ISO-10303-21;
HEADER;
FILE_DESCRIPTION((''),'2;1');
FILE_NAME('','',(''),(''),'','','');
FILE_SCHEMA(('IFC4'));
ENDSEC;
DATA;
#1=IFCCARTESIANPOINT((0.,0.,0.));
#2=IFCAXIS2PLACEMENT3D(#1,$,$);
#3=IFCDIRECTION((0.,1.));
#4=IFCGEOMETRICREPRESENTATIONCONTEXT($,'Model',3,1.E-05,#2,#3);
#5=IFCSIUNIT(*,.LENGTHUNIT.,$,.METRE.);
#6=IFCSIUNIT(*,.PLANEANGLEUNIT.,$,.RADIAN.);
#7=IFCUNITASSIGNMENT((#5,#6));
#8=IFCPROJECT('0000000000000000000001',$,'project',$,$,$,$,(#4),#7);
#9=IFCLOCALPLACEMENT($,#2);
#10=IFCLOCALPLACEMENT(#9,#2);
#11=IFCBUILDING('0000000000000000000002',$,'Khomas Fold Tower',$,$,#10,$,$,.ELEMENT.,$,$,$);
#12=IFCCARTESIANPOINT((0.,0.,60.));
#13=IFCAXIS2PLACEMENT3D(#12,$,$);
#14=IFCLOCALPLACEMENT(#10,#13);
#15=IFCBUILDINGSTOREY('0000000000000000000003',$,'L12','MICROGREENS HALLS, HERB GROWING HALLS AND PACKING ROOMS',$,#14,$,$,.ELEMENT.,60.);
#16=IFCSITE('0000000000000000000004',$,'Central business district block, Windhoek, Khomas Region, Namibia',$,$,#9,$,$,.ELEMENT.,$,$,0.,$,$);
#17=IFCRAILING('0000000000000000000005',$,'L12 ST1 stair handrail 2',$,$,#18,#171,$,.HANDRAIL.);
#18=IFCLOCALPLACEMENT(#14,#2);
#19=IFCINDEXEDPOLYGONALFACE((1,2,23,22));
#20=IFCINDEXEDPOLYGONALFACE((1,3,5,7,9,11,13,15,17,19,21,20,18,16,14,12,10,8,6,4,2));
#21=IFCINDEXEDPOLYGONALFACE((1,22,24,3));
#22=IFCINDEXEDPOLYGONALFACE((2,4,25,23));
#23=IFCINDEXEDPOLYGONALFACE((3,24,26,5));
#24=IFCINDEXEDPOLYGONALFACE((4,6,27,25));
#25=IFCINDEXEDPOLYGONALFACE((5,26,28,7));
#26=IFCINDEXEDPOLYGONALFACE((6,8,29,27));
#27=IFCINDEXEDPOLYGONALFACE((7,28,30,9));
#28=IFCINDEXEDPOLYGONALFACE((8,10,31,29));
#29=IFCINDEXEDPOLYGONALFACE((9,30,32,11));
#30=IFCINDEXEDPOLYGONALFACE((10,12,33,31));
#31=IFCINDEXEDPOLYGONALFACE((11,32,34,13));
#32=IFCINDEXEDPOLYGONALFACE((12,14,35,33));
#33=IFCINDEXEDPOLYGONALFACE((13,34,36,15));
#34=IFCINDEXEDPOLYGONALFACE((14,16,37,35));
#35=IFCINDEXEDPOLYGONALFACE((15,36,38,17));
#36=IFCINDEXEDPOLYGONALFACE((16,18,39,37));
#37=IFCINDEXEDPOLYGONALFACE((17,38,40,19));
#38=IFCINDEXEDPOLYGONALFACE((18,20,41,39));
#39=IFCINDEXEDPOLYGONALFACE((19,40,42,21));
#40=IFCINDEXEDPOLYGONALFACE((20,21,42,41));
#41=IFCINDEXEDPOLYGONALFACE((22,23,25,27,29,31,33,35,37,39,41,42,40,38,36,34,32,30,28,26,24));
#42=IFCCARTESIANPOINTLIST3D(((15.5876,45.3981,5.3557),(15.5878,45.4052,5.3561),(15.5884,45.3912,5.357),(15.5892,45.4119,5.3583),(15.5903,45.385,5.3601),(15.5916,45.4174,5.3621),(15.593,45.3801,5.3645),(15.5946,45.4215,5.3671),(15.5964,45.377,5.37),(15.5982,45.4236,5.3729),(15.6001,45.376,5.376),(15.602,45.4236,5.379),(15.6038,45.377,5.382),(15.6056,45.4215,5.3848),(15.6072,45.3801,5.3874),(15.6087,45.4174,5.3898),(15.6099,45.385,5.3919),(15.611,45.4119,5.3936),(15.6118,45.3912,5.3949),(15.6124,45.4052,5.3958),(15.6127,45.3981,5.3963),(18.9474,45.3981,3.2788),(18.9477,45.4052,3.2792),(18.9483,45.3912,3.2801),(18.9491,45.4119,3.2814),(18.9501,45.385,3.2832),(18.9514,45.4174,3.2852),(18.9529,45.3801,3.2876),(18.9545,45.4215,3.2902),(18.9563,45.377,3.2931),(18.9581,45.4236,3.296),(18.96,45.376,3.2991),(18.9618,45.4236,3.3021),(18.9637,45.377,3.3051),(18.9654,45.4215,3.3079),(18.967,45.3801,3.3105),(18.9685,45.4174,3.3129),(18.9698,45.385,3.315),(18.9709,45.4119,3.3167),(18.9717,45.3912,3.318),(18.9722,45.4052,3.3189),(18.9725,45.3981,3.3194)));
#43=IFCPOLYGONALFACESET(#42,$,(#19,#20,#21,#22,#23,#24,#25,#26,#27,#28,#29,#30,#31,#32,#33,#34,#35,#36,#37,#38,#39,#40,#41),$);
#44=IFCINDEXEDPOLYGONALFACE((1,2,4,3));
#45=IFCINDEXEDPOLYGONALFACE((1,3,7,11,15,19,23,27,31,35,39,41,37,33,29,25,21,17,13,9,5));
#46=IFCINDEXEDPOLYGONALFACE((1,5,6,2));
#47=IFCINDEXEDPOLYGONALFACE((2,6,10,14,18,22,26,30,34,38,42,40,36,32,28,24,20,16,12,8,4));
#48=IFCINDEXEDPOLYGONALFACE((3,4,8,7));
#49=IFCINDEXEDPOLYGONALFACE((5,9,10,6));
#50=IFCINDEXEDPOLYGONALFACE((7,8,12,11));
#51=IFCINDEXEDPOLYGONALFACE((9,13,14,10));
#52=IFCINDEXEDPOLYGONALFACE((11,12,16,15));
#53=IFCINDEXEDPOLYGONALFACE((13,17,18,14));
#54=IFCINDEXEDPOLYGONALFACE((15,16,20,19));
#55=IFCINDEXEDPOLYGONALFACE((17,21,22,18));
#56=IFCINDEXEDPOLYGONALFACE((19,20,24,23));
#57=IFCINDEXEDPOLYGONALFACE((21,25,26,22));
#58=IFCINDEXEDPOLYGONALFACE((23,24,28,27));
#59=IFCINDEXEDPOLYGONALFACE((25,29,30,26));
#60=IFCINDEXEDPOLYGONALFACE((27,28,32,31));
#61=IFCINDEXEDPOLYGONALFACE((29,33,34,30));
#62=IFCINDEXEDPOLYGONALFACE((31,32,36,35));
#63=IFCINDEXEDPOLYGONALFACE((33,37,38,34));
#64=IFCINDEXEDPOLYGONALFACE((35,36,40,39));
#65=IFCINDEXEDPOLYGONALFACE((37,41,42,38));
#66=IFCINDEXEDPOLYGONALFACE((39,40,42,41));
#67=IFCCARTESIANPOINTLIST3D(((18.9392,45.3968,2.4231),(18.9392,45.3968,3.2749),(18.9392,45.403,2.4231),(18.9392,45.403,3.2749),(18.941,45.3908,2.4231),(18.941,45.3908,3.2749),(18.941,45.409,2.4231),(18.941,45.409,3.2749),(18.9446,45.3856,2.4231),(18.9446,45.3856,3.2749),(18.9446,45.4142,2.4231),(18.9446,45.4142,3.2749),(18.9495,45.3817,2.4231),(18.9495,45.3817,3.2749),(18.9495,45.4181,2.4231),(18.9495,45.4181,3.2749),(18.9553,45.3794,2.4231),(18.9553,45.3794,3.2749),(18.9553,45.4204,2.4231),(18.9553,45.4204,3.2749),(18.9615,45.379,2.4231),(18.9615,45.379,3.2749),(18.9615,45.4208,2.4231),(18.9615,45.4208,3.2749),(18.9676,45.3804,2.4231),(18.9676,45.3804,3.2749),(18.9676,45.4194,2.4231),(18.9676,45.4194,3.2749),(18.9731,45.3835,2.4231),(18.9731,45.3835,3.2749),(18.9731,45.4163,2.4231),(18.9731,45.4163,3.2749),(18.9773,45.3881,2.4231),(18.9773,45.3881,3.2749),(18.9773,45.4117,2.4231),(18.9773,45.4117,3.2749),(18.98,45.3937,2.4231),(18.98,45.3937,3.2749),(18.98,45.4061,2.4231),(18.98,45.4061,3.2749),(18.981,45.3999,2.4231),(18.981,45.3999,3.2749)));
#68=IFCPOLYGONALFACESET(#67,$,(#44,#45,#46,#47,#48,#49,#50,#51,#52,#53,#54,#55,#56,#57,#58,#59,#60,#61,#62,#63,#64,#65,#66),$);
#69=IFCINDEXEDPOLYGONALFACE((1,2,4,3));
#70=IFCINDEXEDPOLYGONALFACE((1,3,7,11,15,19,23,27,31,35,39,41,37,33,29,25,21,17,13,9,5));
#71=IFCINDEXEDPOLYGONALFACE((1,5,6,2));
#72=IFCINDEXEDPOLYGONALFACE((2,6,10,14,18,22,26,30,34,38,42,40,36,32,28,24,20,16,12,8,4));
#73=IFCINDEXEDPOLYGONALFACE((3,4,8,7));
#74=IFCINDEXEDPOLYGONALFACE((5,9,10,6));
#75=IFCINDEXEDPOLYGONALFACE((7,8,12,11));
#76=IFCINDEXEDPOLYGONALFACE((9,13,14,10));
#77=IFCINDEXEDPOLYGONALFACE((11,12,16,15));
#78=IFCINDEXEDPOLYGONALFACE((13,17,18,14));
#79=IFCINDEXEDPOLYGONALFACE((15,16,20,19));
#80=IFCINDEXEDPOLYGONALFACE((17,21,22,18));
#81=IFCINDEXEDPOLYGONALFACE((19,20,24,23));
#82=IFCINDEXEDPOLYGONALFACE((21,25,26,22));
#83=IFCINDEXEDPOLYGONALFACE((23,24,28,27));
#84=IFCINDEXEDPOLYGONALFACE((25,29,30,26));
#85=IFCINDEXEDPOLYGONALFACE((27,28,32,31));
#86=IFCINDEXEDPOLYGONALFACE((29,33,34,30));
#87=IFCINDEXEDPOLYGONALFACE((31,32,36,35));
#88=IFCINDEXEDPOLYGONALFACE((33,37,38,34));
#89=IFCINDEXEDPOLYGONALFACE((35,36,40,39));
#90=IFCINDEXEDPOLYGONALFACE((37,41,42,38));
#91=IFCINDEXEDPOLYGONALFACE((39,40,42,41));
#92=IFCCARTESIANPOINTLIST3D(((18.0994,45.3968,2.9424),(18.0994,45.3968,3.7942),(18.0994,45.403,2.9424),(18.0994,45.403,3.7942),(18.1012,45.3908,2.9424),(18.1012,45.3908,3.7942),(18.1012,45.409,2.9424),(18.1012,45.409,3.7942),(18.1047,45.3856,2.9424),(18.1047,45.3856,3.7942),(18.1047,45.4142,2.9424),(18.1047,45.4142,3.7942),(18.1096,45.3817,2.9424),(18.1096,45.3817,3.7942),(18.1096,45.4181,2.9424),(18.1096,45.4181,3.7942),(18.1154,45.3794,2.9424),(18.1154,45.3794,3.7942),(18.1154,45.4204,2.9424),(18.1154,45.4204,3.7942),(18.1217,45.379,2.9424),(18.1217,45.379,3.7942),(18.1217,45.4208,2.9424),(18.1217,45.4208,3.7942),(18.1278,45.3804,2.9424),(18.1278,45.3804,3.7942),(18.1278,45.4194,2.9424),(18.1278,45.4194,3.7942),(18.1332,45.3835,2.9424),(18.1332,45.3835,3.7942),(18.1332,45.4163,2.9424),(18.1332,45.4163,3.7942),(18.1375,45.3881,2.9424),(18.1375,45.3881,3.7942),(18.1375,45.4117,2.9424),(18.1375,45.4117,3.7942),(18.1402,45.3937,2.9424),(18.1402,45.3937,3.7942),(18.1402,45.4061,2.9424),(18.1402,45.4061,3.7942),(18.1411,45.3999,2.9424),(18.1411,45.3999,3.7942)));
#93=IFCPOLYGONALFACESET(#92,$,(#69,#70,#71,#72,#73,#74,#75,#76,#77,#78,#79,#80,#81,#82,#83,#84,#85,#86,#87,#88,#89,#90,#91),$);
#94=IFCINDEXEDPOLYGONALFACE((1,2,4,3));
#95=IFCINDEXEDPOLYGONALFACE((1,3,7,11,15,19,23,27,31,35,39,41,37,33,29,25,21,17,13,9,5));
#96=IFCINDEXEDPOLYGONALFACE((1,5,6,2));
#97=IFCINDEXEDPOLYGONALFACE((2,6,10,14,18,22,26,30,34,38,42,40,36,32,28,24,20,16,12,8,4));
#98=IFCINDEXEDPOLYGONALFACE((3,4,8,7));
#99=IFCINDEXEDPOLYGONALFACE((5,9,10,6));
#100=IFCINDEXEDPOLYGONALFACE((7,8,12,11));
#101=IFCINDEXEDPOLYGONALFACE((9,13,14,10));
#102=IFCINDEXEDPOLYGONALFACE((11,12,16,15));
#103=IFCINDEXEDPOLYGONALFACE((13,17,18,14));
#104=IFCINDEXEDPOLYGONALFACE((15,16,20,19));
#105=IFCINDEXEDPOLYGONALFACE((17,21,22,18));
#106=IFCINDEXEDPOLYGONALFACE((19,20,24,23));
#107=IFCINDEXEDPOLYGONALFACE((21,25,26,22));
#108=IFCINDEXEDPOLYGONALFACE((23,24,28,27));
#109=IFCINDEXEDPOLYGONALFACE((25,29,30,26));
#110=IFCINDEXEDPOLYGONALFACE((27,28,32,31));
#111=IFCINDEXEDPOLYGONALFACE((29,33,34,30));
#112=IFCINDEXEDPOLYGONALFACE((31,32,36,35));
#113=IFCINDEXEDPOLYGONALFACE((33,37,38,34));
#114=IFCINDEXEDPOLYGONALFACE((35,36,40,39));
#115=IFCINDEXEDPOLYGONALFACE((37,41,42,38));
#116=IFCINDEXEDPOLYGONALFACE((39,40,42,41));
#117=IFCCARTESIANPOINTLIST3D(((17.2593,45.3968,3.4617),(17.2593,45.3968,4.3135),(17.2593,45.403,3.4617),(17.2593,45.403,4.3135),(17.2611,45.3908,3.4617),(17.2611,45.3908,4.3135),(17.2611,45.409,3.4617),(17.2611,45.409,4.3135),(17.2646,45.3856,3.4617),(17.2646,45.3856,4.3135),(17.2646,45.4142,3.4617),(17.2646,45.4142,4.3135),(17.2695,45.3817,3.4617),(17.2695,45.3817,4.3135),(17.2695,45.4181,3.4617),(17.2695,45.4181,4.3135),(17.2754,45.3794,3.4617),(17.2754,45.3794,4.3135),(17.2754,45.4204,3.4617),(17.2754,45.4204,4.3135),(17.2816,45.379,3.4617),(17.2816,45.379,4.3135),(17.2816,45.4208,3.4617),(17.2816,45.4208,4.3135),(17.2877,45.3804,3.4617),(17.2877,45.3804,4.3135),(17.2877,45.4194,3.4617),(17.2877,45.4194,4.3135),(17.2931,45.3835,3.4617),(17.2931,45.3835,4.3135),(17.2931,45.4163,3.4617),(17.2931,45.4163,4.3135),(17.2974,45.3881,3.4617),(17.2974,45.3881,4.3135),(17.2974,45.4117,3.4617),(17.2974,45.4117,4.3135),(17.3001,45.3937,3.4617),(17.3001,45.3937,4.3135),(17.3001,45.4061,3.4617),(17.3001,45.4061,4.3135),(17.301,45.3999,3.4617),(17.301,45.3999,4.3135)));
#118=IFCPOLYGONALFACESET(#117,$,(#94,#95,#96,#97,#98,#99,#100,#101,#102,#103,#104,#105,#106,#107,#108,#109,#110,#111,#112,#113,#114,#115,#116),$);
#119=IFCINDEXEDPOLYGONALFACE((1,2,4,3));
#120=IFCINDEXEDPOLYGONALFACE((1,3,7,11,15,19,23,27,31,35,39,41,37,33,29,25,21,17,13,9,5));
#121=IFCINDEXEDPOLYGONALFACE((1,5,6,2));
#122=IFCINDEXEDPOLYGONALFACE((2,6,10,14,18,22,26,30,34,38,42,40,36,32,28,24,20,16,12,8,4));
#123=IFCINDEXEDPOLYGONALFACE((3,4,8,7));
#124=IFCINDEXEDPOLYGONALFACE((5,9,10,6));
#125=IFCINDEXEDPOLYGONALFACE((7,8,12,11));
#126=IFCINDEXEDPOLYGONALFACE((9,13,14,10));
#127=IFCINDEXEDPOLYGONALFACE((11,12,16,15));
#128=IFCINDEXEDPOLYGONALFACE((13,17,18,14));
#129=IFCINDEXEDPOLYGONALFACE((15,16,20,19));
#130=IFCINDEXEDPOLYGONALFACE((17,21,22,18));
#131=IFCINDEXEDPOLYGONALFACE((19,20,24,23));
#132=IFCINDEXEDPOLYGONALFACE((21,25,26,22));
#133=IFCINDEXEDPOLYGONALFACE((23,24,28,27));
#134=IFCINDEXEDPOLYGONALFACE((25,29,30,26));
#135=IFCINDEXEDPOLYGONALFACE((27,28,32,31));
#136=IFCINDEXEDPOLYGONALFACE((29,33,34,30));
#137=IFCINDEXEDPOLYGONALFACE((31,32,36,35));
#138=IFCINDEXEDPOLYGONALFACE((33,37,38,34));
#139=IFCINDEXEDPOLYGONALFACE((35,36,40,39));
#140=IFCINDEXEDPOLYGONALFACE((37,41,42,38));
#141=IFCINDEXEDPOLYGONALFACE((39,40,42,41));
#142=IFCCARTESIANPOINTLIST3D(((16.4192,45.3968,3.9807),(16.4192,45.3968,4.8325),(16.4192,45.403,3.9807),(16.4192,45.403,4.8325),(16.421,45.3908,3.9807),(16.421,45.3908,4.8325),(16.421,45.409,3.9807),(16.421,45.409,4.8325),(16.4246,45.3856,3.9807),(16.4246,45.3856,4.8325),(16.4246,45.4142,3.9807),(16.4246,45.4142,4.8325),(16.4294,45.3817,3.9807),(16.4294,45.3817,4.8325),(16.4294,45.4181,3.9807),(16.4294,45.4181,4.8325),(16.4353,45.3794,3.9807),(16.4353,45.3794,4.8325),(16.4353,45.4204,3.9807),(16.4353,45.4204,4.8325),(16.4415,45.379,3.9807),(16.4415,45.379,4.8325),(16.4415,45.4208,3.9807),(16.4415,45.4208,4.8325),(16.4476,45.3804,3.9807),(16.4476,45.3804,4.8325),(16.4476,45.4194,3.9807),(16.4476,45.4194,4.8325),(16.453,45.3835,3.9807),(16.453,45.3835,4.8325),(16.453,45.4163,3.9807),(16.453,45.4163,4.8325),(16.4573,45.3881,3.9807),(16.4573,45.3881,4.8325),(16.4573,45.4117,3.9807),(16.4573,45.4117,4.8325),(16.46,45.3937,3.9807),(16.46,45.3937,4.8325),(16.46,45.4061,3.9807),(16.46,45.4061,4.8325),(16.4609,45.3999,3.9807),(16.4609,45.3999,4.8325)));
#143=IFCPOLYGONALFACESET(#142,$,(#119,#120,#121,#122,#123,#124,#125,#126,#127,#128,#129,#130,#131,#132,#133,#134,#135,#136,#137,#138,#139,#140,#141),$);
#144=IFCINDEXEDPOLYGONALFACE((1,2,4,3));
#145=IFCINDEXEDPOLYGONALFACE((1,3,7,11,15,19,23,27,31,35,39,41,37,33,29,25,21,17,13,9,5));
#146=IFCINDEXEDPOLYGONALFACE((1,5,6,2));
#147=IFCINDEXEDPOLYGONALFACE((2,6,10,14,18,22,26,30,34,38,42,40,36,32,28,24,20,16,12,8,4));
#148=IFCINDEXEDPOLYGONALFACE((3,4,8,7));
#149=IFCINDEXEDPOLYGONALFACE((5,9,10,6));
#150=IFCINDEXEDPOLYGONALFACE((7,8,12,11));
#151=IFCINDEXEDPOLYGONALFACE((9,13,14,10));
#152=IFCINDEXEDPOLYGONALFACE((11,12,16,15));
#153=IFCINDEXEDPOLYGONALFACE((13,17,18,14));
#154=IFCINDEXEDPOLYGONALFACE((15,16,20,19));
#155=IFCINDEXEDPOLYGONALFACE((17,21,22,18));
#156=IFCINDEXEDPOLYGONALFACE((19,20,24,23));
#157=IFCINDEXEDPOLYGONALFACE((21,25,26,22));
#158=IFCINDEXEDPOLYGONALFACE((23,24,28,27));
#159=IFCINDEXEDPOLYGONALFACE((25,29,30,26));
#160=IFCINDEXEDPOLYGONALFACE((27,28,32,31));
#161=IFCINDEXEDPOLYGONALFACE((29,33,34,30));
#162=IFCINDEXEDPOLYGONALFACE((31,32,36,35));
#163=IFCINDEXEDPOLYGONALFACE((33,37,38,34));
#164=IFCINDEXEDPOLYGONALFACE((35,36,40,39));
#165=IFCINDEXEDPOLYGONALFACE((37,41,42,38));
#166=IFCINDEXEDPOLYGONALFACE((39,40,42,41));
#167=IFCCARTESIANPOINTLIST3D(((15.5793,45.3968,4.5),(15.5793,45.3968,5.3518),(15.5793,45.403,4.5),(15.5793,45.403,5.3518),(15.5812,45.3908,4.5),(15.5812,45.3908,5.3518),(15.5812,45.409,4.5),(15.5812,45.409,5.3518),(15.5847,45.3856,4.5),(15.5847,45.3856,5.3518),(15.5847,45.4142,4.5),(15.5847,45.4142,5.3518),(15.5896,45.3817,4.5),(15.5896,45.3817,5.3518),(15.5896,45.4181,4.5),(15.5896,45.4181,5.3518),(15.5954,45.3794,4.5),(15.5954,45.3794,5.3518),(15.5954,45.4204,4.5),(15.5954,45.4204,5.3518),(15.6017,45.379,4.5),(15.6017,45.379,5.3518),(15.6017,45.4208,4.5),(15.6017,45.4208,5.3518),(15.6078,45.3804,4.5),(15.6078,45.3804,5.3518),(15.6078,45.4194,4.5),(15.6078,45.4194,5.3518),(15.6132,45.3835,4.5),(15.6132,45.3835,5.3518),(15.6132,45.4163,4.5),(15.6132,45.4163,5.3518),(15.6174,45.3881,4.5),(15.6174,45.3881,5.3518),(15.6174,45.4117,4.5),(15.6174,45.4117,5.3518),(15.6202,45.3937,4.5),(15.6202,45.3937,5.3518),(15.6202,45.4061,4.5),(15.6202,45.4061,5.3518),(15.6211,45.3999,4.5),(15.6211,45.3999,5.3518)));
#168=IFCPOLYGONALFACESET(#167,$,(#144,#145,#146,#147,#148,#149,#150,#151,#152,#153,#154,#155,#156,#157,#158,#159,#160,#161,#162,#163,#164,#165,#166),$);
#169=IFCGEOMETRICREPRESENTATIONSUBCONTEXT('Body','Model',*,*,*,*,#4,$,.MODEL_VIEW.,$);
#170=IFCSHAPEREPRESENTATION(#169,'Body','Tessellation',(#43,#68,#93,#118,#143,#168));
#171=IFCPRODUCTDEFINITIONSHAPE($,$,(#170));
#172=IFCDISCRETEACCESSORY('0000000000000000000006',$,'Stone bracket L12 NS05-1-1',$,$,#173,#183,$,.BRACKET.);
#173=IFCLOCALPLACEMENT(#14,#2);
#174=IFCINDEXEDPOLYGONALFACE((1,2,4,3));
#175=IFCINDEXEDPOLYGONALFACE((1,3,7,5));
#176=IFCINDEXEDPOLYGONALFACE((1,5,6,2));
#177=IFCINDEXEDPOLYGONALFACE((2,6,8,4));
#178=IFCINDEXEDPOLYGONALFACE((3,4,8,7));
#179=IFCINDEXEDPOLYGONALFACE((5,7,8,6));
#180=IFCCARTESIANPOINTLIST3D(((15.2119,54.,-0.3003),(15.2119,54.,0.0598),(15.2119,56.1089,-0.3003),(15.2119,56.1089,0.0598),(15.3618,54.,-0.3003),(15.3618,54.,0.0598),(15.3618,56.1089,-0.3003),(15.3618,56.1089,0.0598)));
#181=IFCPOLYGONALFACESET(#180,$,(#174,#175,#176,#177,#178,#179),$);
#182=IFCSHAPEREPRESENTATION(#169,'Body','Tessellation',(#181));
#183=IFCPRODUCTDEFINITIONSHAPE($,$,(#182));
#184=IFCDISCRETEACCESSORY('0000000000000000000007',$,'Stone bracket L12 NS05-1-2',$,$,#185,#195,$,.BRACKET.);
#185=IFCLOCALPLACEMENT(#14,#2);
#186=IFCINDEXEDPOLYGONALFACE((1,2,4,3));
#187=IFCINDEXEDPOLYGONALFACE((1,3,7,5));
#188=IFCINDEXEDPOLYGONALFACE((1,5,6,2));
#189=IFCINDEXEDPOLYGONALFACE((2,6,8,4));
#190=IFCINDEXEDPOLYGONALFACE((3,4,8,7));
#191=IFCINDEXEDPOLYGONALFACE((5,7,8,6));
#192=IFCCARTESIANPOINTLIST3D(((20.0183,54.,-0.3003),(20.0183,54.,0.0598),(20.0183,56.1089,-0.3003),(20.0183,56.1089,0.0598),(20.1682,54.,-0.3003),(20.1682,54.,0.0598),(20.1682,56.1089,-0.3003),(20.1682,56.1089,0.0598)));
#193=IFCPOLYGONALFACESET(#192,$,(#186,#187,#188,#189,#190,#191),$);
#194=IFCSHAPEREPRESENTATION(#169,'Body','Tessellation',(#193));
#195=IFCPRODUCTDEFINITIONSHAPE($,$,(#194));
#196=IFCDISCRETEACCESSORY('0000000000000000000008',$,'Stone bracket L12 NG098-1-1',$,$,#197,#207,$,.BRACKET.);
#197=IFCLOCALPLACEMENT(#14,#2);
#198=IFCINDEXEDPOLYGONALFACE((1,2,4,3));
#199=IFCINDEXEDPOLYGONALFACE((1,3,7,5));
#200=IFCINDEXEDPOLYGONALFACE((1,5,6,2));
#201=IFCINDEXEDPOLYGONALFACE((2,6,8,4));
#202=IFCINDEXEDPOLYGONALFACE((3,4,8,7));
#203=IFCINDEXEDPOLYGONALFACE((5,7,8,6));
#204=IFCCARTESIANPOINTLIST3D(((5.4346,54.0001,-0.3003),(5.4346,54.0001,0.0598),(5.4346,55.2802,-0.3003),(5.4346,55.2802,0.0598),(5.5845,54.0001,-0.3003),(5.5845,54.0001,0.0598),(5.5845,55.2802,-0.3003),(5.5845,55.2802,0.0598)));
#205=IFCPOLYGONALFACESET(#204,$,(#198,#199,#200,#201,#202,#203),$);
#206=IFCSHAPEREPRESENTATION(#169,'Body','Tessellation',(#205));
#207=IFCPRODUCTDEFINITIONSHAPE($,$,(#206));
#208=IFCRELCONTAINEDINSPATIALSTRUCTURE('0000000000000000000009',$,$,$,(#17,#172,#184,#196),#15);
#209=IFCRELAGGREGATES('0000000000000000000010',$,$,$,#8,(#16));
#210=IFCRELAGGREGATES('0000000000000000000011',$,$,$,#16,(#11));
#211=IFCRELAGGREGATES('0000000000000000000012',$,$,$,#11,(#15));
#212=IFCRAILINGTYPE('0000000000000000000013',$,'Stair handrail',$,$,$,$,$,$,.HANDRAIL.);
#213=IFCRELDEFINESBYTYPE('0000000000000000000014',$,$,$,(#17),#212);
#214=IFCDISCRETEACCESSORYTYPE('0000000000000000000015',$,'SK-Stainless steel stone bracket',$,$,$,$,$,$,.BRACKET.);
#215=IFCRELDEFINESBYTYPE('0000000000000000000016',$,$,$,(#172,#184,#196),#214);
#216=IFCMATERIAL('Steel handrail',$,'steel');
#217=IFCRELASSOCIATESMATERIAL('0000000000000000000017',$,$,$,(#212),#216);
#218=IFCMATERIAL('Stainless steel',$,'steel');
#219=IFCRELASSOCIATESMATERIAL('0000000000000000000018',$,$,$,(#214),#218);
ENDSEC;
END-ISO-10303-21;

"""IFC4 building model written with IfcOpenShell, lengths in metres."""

from ifc_helpers import new_model, si_unit, direction, frame, origin, origin_2d, place, context, subcontext, project, spatial, rectangle, circle, extrude, source, transform, mapped, material, type_object, element, save


model = new_model("IFC4")

# Units and contexts
model_context = context("Model", 3, precision=1e-05, world=origin(), true_north=direction((0.0, 1.0)))
body_context = subcontext(model_context, "Body", "Model", "MODEL_VIEW")
ifc_project = project(units=[si_unit("LENGTHUNIT", "METRE"), si_unit("PLANEANGLEUNIT", "RADIAN")], contexts=[model_context])

# Site, building, storey
site_placement = place(None, origin())
site = spatial("IfcSite", under=ifc_project, at=site_placement, Name="Central business district block, Windhoek, Khomas Region, Namibia", CompositionType="ELEMENT", RefElevation=0.0)
building_placement = place(site_placement, origin())
building = spatial("IfcBuilding", under=site, at=building_placement, Name="Khomas Fold Tower", CompositionType="ELEMENT")
storey_placement = place(building_placement, frame((0.0, 0.0, 60.0)))
storey = spatial("IfcBuildingStorey", under=building, at=storey_placement, Name="L12", Description="MICROGREENS HALLS, HERB GROWING HALLS AND PACKING ROOMS", CompositionType="ELEMENT", Elevation=60.0)

# Railing
ifc_material_1 = material(Name="Steel handrail", Category="steel")
railing_type = type_object("IfcRailingType", Name="Stair handrail", PredefinedType="HANDRAIL", material=ifc_material_1)
shared_shape_1 = source(origin(), body_context, "Body", "SweptSolid", [
    extrude(circle(Radius=0.0239, at=origin_2d()), frame((0.0, 0.0, 0.876), z_axis=(-0.850606, 0.0, 0.525803), x_axis=(0.0, -1.0, 0.0)), (0.0, 0.0, 1.0), 3.95),
    extrude(circle(Radius=0.021, at=origin_2d()), origin(), (0.0, 0.0, 1.0), 0.8518),
    extrude(circle(Radius=0.021, at=origin_2d()), frame((-0.8398, 0.0, 0.5193)), (0.0, 0.0, 1.0), 0.8518),
    extrude(circle(Radius=0.021, at=origin_2d()), frame((-1.6799, 0.0, 1.0386)), (0.0, 0.0, 1.0), 0.8518),
    extrude(circle(Radius=0.021, at=origin_2d()), frame((-2.52, 0.0, 1.5576)), (0.0, 0.0, 1.0), 0.8518),
    extrude(circle(Radius=0.021, at=origin_2d()), frame((-3.3599, 0.0, 2.0769)), (0.0, 0.0, 1.0), 0.8518),
])
railing_placement = place(storey_placement, frame((18.96, 45.3999, 2.4231)))
element("IfcRailing", 1, at=railing_placement, inside=storey, type_object=railing_type, Name="L12 ST1 stair handrail 2", PredefinedType="HANDRAIL", context=body_context, shape_type="MappedRepresentation", body=[
    mapped(shared_shape_1, transform((0.0, 0.0, 0.0))),
])

# Discrete accessories
ifc_material_2 = material(Name="Stainless steel", Category="steel")
discrete_accessory_type = type_object("IfcDiscreteAccessoryType", Name="SK-Stainless steel stone bracket", PredefinedType="BRACKET", material=ifc_material_2)
shared_shape_2 = source(origin(), body_context, "Body", "SweptSolid", [
    extrude(rectangle(XDim=2.1089, YDim=0.1499, at=origin_2d()), origin(), (0.0, 0.0, 1.0), 0.3601),
])
for number, where, z_axis, x_axis, name in (
    (2, (15.2869, 55.0544, -0.3003), (0.0, 0.0, 1.0), (0.0, 1.0, 0.0), "Stone bracket L12 NS05-1-1"),
    (3, (20.0933, 55.0544, -0.3003), (0.0, 0.0, 1.0), (0.0, 1.0, 0.0), "Stone bracket L12 NS05-1-2"),
):
    element("IfcDiscreteAccessory", number, at=place(storey_placement, frame(where, z_axis=z_axis, x_axis=x_axis)), inside=storey, type_object=discrete_accessory_type, Name=name, PredefinedType="BRACKET", context=body_context, shape_type="MappedRepresentation", body=[
        mapped(shared_shape_2, transform((0.0, 0.0, 0.0))),
    ])
shared_shape_3 = source(origin(), body_context, "Body", "SweptSolid", [
    extrude(rectangle(XDim=1.28, YDim=0.1499, at=origin_2d()), origin(), (0.0, 0.0, 1.0), 0.3601),
])
for number, where, z_axis, x_axis, name in (
    (4, (5.5095, 54.6401, -0.3003), (0.0, 0.0, 1.0), (0.0, 1.0, 0.0), "Stone bracket L12 NG098-1-1"),
):
    element("IfcDiscreteAccessory", number, at=place(storey_placement, frame(where, z_axis=z_axis, x_axis=x_axis)), inside=storey, type_object=discrete_accessory_type, Name=name, PredefinedType="BRACKET", context=body_context, shape_type="MappedRepresentation", body=[
        mapped(shared_shape_3, transform((0.0, 0.0, 0.0))),
    ])

save(model, "model.ifc")
